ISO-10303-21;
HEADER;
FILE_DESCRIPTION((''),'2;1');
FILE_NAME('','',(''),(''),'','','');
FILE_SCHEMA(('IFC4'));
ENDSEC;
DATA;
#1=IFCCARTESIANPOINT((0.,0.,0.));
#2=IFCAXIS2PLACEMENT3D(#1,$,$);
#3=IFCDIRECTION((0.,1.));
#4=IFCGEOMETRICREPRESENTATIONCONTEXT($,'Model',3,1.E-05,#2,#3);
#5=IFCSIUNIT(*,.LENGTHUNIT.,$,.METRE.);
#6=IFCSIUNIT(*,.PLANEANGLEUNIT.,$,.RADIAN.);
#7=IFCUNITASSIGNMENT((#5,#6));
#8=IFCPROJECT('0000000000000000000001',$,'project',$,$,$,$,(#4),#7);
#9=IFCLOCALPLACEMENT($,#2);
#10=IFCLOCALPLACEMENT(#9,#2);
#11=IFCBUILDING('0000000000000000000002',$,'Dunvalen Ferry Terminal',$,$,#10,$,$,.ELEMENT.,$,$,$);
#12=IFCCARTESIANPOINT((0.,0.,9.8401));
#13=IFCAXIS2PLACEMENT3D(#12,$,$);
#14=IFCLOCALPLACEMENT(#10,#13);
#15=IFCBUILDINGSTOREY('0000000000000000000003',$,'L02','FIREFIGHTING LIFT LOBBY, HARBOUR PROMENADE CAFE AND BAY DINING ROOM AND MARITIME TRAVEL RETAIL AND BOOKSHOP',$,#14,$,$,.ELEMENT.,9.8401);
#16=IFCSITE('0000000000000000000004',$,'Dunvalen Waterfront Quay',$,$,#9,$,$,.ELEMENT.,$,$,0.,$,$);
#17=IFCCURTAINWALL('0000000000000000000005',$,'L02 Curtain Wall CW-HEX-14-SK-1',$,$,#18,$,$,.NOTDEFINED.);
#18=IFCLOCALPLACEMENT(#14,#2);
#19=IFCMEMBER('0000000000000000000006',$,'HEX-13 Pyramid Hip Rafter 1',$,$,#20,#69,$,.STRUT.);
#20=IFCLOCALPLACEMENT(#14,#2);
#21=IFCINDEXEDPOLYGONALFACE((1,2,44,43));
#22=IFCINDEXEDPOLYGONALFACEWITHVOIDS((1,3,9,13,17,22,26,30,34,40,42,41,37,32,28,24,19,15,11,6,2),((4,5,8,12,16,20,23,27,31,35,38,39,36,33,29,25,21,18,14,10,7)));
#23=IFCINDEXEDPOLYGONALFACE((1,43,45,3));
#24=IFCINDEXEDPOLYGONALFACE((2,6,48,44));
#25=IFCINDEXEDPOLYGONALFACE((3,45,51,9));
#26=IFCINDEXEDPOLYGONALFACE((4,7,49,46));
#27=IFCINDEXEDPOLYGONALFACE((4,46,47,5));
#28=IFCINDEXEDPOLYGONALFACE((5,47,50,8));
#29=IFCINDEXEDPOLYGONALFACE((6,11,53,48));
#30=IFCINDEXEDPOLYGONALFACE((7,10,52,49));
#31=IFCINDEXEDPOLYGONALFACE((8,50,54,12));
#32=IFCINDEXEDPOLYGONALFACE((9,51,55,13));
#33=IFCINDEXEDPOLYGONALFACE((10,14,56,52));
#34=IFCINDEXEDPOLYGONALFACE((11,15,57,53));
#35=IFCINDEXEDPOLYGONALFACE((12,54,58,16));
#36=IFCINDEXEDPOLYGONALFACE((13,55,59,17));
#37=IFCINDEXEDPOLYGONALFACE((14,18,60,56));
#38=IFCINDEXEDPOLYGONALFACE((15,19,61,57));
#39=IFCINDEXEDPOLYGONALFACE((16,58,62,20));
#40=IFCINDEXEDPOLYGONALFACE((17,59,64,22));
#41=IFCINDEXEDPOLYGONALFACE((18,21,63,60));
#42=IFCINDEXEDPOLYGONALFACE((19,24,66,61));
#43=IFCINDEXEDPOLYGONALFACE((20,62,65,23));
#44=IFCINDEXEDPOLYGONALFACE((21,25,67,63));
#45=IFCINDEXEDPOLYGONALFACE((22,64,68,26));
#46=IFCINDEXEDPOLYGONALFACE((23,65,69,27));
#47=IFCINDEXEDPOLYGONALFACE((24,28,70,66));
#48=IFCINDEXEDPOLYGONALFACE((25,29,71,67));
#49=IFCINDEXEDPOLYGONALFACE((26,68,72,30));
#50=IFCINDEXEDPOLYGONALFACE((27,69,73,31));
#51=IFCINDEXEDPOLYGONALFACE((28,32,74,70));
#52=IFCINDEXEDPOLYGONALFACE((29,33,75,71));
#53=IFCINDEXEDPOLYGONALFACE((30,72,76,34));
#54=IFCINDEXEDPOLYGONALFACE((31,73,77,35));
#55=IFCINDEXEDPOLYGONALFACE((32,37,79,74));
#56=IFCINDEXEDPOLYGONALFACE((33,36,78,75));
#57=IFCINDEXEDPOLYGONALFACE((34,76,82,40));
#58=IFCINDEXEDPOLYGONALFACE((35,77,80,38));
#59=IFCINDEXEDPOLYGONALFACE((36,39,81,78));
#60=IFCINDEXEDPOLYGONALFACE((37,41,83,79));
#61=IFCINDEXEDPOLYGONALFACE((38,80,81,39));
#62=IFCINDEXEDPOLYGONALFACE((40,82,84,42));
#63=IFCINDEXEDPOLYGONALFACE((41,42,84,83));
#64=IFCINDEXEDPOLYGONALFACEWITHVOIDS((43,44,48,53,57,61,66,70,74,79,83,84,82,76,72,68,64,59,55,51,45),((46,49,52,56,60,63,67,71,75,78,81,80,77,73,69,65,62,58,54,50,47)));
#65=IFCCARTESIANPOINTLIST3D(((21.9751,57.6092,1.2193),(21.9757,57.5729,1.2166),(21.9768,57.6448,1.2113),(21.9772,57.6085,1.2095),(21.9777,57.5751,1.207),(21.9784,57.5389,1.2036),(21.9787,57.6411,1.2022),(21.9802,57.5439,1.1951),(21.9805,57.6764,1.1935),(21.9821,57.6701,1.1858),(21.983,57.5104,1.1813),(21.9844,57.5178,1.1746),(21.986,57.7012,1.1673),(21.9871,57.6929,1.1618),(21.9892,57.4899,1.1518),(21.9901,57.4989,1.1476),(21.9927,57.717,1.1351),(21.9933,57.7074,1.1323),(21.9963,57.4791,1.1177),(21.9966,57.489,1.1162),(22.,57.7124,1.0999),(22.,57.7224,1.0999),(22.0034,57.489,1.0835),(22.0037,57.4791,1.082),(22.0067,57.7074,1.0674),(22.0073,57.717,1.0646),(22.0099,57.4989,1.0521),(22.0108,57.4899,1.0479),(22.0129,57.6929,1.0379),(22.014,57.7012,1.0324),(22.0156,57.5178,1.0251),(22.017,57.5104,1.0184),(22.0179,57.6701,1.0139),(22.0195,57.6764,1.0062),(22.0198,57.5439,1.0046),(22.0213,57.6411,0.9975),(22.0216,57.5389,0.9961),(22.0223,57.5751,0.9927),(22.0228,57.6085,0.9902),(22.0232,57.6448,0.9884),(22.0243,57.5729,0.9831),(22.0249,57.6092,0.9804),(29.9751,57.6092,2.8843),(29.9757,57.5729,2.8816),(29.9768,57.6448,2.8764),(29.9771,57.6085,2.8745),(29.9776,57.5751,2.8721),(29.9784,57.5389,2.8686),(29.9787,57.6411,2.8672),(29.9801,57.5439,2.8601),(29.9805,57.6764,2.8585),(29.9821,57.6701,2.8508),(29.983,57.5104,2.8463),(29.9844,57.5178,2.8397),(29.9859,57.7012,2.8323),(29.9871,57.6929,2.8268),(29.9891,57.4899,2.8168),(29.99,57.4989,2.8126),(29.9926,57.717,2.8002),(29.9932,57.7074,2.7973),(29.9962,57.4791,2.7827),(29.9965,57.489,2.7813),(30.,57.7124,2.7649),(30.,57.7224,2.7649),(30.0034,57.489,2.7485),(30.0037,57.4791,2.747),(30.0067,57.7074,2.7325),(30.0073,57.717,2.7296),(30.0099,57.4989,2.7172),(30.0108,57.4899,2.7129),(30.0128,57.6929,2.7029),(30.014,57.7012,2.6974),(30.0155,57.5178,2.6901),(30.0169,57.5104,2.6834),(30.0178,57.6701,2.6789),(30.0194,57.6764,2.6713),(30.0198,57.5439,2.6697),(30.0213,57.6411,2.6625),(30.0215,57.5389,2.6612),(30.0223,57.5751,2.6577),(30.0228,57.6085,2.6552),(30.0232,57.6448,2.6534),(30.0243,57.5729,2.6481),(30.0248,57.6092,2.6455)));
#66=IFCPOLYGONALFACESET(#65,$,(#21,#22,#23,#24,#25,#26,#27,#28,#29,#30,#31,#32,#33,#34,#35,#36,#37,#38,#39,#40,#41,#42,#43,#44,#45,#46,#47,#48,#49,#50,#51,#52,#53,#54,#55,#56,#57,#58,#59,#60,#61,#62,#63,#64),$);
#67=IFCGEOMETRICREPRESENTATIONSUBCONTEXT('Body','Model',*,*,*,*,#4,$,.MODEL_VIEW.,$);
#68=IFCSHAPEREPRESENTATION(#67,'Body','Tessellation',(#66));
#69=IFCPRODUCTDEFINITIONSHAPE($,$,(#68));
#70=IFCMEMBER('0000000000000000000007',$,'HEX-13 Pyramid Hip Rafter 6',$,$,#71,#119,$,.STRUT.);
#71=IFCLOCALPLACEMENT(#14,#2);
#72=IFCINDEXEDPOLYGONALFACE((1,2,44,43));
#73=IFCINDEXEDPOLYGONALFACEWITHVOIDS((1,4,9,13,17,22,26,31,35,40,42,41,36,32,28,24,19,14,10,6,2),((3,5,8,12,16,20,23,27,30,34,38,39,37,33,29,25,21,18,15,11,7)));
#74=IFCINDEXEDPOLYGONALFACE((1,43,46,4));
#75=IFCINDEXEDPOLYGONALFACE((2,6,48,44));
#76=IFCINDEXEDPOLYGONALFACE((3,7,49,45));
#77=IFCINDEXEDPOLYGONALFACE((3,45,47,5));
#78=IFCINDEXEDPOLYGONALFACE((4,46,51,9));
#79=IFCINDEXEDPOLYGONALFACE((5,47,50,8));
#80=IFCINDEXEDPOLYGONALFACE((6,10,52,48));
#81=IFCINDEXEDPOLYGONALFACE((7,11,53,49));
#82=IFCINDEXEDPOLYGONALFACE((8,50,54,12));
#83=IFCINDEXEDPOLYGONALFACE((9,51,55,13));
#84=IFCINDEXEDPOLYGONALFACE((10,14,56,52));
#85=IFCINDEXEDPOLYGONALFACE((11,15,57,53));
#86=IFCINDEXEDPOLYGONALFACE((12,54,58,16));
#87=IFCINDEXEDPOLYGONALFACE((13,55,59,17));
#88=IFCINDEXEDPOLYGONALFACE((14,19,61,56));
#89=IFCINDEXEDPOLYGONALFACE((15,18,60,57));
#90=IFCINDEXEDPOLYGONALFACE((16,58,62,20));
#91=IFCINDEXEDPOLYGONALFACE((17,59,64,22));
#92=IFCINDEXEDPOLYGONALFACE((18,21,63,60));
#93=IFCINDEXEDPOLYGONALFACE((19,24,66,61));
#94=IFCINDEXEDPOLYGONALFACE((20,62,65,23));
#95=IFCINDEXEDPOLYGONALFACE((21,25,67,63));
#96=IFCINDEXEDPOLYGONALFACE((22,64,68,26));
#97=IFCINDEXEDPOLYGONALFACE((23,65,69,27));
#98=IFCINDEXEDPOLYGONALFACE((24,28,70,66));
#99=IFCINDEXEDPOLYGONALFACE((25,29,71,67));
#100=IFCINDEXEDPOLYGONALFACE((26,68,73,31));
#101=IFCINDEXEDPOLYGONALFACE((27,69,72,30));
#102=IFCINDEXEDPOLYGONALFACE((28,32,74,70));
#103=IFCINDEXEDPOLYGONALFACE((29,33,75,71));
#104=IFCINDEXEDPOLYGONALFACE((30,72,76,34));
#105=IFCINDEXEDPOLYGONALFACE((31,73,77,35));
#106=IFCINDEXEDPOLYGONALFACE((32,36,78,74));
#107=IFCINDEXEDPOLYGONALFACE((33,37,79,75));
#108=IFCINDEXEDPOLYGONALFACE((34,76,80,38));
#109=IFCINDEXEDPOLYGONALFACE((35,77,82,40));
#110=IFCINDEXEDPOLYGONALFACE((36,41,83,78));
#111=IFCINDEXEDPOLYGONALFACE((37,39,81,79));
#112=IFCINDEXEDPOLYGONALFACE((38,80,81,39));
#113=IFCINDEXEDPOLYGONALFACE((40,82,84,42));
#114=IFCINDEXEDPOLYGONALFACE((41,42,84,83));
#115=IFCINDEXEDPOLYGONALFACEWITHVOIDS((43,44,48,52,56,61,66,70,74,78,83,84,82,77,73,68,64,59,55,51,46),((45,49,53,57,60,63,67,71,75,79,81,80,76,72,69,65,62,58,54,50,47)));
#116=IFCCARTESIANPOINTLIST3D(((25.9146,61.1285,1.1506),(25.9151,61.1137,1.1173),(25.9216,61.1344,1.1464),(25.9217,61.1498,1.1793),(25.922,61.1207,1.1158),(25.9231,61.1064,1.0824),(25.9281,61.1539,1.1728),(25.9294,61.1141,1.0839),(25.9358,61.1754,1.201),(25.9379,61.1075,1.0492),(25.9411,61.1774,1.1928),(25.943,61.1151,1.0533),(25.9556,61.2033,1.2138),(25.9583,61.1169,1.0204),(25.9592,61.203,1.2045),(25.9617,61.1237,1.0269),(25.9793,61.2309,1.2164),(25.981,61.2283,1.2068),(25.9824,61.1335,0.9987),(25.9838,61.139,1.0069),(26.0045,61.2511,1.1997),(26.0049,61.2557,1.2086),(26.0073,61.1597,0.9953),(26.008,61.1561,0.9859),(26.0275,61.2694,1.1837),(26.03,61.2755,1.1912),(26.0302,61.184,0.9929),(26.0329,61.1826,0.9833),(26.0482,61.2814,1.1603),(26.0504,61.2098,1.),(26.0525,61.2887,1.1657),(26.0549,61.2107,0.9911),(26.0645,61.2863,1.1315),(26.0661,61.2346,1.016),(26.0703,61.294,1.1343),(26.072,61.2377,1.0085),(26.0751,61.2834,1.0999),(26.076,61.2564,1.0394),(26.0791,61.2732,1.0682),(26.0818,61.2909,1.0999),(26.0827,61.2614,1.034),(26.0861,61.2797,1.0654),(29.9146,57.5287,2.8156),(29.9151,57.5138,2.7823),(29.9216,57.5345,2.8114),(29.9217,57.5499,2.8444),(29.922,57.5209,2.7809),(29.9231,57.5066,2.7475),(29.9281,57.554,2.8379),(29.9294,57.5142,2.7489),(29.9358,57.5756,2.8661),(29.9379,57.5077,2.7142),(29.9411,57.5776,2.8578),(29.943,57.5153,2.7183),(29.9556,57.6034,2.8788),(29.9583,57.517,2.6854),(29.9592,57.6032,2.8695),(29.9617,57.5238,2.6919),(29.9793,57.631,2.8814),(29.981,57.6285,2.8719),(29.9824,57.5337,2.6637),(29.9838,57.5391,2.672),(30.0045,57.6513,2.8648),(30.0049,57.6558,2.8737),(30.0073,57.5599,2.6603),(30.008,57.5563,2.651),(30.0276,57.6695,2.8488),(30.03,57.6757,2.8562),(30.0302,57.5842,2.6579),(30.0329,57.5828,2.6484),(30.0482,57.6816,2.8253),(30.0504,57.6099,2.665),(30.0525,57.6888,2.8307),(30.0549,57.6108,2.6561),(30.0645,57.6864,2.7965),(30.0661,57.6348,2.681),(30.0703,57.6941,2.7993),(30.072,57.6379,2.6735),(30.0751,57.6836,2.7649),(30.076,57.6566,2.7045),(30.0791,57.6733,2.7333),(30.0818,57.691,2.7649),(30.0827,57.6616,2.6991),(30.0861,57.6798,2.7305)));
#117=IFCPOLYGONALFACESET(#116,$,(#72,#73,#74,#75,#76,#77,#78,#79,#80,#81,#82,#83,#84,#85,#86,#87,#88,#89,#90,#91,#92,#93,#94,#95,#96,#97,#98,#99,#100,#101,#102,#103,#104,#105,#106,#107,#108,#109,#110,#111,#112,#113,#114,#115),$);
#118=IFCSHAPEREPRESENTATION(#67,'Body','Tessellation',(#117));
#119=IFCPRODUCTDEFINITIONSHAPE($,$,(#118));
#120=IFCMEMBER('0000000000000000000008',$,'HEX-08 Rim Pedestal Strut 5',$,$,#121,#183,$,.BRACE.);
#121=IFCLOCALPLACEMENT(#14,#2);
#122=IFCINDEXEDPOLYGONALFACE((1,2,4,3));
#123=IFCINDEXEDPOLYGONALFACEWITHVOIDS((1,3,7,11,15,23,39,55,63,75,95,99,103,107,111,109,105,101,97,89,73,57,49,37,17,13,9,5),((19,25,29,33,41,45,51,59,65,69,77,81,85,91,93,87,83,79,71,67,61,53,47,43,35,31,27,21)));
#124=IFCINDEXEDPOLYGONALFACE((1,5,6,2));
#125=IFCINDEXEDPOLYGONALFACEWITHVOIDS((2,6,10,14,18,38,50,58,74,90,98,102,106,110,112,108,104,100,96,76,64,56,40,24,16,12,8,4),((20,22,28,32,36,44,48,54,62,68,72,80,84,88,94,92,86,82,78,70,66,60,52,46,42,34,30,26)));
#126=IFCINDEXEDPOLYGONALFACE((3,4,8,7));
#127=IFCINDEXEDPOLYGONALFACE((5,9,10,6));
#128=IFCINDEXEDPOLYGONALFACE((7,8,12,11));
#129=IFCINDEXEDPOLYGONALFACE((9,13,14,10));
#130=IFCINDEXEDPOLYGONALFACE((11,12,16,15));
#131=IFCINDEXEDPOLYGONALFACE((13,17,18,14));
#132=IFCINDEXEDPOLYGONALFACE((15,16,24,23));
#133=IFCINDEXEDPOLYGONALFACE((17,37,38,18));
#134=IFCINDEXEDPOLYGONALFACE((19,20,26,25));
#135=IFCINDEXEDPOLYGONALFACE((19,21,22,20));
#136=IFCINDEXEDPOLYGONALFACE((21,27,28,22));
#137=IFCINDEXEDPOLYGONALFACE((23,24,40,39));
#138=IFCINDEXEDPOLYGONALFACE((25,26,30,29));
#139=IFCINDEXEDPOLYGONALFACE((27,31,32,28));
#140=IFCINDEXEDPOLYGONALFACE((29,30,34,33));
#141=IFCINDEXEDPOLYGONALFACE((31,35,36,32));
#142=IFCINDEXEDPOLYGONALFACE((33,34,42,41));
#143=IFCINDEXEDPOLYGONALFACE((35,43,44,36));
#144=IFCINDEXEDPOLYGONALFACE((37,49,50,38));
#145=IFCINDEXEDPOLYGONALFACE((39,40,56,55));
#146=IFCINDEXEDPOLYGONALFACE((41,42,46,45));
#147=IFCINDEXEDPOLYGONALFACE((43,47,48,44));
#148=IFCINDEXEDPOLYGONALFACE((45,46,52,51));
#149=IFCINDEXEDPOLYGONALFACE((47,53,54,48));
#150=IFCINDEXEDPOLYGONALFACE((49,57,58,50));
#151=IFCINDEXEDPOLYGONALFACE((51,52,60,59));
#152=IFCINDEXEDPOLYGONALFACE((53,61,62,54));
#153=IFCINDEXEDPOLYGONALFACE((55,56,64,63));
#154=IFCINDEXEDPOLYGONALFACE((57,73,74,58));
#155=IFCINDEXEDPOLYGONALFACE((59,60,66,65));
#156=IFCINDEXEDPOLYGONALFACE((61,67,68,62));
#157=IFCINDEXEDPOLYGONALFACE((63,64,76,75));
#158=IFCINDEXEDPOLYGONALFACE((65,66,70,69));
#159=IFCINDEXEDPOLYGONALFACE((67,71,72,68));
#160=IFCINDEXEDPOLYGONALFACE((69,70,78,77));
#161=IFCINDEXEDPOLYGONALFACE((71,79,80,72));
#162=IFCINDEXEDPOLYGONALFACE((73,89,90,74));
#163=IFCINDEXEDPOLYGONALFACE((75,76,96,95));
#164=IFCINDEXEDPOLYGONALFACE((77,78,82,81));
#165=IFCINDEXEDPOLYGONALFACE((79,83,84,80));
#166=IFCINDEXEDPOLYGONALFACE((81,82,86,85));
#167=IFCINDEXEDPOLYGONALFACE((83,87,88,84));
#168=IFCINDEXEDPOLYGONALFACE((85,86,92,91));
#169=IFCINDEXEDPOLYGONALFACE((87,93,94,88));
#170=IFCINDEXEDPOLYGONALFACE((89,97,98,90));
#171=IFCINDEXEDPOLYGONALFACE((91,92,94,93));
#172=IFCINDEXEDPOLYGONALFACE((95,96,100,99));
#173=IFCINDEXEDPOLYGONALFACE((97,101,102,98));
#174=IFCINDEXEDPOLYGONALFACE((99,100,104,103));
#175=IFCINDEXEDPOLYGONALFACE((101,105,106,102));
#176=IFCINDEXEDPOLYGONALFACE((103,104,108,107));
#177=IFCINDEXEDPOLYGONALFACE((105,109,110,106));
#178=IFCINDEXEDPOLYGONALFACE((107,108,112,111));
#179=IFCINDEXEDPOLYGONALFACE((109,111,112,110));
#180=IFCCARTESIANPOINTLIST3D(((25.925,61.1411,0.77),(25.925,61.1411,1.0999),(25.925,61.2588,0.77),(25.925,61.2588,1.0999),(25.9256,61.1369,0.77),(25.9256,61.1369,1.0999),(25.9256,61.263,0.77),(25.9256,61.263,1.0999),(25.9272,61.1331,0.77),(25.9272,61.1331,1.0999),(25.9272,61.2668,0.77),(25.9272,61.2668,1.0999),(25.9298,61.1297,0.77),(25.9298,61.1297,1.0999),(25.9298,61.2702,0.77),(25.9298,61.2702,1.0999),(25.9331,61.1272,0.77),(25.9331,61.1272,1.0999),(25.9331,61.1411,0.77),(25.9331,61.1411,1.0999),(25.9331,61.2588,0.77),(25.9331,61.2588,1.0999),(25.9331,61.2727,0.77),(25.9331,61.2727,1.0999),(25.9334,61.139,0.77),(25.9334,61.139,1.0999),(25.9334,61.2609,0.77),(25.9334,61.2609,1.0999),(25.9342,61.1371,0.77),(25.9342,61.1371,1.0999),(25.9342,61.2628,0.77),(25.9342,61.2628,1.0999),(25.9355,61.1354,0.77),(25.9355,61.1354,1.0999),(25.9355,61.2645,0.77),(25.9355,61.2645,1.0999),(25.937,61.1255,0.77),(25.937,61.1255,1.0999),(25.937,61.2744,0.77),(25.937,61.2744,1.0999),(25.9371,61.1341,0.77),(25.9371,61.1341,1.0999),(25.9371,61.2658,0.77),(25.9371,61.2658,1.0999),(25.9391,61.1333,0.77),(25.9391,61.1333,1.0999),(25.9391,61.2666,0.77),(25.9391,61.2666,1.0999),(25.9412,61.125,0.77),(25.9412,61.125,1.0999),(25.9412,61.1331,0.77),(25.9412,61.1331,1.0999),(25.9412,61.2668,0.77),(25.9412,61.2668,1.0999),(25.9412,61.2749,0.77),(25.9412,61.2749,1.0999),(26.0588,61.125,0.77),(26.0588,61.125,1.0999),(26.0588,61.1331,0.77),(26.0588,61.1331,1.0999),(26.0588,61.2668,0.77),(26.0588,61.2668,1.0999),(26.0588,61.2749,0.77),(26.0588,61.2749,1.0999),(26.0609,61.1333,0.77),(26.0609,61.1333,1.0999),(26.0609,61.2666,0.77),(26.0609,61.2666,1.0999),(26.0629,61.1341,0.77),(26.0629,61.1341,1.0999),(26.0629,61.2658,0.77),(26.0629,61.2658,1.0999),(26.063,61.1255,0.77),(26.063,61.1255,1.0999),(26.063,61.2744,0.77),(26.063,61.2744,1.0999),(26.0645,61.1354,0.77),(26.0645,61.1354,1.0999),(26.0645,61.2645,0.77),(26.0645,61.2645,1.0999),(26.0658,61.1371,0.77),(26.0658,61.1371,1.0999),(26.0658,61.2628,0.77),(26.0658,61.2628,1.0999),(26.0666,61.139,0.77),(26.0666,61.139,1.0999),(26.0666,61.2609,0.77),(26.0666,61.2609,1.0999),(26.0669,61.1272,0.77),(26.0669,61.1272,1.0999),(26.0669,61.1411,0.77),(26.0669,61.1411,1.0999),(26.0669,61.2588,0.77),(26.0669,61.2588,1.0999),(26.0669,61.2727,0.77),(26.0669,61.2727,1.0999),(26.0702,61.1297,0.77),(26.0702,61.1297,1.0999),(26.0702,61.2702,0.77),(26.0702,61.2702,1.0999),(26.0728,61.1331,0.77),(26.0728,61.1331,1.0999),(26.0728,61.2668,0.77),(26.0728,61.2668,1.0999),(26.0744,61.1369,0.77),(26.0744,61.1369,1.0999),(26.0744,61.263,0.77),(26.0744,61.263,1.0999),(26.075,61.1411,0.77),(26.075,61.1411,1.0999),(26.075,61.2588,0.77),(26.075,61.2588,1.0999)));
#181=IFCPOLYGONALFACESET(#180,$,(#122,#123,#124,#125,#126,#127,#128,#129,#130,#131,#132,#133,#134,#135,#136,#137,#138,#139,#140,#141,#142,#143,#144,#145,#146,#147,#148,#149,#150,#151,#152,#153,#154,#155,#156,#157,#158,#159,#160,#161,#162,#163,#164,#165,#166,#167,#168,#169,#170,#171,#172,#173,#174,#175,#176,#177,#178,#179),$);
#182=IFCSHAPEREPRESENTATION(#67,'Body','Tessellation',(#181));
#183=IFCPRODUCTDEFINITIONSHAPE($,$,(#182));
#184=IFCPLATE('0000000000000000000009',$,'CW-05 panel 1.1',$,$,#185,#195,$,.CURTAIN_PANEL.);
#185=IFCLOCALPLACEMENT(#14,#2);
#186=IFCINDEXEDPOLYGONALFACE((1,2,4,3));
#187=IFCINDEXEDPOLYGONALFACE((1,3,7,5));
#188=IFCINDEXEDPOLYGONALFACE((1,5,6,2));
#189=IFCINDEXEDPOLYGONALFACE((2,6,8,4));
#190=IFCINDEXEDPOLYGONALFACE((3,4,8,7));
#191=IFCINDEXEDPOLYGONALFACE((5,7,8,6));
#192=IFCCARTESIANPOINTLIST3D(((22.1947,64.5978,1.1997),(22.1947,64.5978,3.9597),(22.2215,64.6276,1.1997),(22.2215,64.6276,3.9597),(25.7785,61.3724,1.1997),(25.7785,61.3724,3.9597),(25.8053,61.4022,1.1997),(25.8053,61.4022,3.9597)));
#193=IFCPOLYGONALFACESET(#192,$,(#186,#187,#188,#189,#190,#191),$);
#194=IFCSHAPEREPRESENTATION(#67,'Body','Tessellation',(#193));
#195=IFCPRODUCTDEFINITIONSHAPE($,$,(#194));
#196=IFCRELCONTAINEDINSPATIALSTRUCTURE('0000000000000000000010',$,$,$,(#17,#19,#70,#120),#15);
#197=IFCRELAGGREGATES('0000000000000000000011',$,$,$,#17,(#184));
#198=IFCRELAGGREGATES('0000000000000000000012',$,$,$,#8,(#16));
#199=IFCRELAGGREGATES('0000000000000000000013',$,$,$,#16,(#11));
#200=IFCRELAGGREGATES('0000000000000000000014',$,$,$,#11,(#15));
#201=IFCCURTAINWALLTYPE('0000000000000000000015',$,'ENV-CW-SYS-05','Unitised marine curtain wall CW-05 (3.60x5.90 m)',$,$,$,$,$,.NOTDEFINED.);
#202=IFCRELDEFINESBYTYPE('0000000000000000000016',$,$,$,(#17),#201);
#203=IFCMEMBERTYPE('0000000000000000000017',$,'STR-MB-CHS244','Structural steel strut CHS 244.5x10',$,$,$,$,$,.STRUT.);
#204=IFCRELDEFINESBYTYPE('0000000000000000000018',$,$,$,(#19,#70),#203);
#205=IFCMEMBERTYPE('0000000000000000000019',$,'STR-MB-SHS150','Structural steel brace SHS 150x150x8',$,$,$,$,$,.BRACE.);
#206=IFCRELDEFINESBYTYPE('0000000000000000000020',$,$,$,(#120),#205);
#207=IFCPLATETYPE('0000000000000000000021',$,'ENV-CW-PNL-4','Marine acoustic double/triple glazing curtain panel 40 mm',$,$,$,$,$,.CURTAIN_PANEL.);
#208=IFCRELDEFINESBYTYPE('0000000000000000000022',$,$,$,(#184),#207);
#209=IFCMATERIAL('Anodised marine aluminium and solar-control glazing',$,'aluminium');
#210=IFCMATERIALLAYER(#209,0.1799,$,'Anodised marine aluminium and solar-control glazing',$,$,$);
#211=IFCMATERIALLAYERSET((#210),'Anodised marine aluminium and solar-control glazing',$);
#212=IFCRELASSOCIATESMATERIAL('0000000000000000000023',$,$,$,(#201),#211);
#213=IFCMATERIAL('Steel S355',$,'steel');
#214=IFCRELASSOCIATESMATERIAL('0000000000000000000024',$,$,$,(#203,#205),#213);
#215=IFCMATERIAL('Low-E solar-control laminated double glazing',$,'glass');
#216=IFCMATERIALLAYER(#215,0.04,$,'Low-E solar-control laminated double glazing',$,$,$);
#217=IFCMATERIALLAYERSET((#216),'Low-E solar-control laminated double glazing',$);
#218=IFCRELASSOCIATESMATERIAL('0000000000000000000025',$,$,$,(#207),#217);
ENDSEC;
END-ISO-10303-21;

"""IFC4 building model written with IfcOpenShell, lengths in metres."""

from ifc_helpers import new_model, si_unit, direction, frame, origin, origin_2d, place, context, subcontext, project, spatial, rectangle, hollow_rectangle, hollow_circle, extrude, material, layer, layer_set, material_profile, profile_set, type_object, element, aggregate, save


model = new_model("IFC4")

# Units and contexts
model_context = context("Model", 3, precision=1e-05, world=origin(), true_north=direction((0.0, 1.0)))
body_context = subcontext(model_context, "Body", "Model", "MODEL_VIEW")
ifc_project = project(units=[si_unit("LENGTHUNIT", "METRE"), si_unit("PLANEANGLEUNIT", "RADIAN")], contexts=[model_context])

# Site, building, storey
site_placement = place(None, origin())
site = spatial("IfcSite", under=ifc_project, at=site_placement, Name="Dunvalen Waterfront Quay", CompositionType="ELEMENT", RefElevation=0.0)
building_placement = place(site_placement, origin())
building = spatial("IfcBuilding", under=site, at=building_placement, Name="Dunvalen Ferry Terminal", CompositionType="ELEMENT")
storey_placement = place(building_placement, frame((0.0, 0.0, 9.8401)))
storey = spatial("IfcBuildingStorey", under=building, at=storey_placement, Name="L02", Description="FIREFIGHTING LIFT LOBBY, HARBOUR PROMENADE CAFE AND BAY DINING ROOM AND MARITIME TRAVEL RETAIL AND BOOKSHOP", CompositionType="ELEMENT", Elevation=9.8401)

# Curtain wall
ifc_material_1 = material(Name="Anodised marine aluminium and solar-control glazing", Category="aluminium")
ifc_layer_1 = layer(ifc_material_1, 0.1799, Name="Anodised marine aluminium and solar-control glazing")
ifc_layer_set_1 = layer_set([ifc_layer_1], Name="Anodised marine aluminium and solar-control glazing")
curtain_wall_type = type_object("IfcCurtainWallType", Name="ENV-CW-SYS-05", Description="Unitised marine curtain wall CW-05 (3.60x5.90 m)", PredefinedType="NOTDEFINED", material=ifc_layer_set_1)
curtain_wall_placement = place(storey_placement, origin())
curtain_wall = element("IfcCurtainWall", 1, at=curtain_wall_placement, inside=storey, type_object=curtain_wall_type, Name="L02 Curtain Wall CW-HEX-14-SK-1", PredefinedType="NOTDEFINED")

# Shared definitions
ifc_material_2 = material(Name="Steel S355", Category="steel")

# Members
ifc_material_profile_1 = material_profile(ifc_material_2, hollow_circle(Radius=0.1223, WallThickness=0.01, at=origin_2d()), Name="Steel S355")
ifc_profile_set_1 = profile_set([ifc_material_profile_1], Name="Steel S355")
member_type_1 = type_object("IfcMemberType", Name="STR-MB-CHS244", Description="Structural steel strut CHS 244.5x10", PredefinedType="STRUT", material=ifc_profile_set_1)
member_1_placement = place(storey_placement, frame((22.0, 57.6001, 1.0999), z_axis=(0.97902, 0.0, 0.203763), x_axis=(0.0, 1.0, 0.0)))
element("IfcMember", 2, at=member_1_placement, inside=storey, type_object=member_type_1, Name="HEX-13 Pyramid Hip Rafter 1", PredefinedType="STRUT", context=body_context, shape_type="SweptSolid", body=[
    extrude(hollow_circle(Radius=0.1223, WallThickness=0.01, at=origin_2d()), origin(), (0.0, 0.0, 1.0), 8.1714),
])
member_2_placement = place(storey_placement, frame((26.0, 61.2, 1.0999), z_axis=(0.710094, -0.639059, 0.295584), x_axis=(0.66895, 0.743308, 0.0)))
element("IfcMember", 3, at=member_2_placement, inside=storey, type_object=member_type_1, Name="HEX-13 Pyramid Hip Rafter 6", PredefinedType="STRUT", context=body_context, shape_type="SweptSolid", body=[
    extrude(hollow_circle(Radius=0.1223, WallThickness=0.01, at=origin_2d()), origin(), (0.0, 0.0, 1.0), 5.6331),
])
ifc_material_profile_2 = material_profile(ifc_material_2, hollow_rectangle(XDim=0.1499, YDim=0.1499, WallThickness=0.0081, InnerFilletRadius=0.0081, OuterFilletRadius=0.0161, at=origin_2d()), Name="Steel S355")
ifc_profile_set_2 = profile_set([ifc_material_profile_2], Name="Steel S355")
member_type_2 = type_object("IfcMemberType", Name="STR-MB-SHS150", Description="Structural steel brace SHS 150x150x8", PredefinedType="BRACE", material=ifc_profile_set_2)
member_3_placement = place(storey_placement, frame((26.0, 61.2, 0.77), z_axis=(0.0, 0.0, 1.0), x_axis=(1.0, 0.0, 0.0)))
element("IfcMember", 4, at=member_3_placement, inside=storey, type_object=member_type_2, Name="HEX-08 Rim Pedestal Strut 5", PredefinedType="BRACE", context=body_context, shape_type="SweptSolid", body=[
    extrude(hollow_rectangle(XDim=0.1499, YDim=0.1499, WallThickness=0.0081, InnerFilletRadius=0.0081, OuterFilletRadius=0.0161, at=origin_2d()), origin(), (0.0, 0.0, 1.0), 0.3298),
])

# Plate
ifc_material_3 = material(Name="Low-E solar-control laminated double glazing", Category="glass")
ifc_layer_2 = layer(ifc_material_3, 0.04, Name="Low-E solar-control laminated double glazing")
ifc_layer_set_2 = layer_set([ifc_layer_2], Name="Low-E solar-control laminated double glazing")
plate_type_1 = type_object("IfcPlateType", Name="ENV-CW-PNL-4", Description="Marine acoustic double/triple glazing curtain panel 40 mm", PredefinedType="CURTAIN_PANEL", material=ifc_layer_set_2)
plate_1_placement = place(storey_placement, frame((24.0, 63.0, 1.1997), z_axis=(0.0, 0.0, 1.0), x_axis=(0.743304, -0.668954, 0.0)))
plate_1 = element("IfcPlate", 5, at=plate_1_placement, type_object=plate_type_1, Name="CW-05 panel 1.1", PredefinedType="CURTAIN_PANEL", context=body_context, shape_type="SweptSolid", body=[
    extrude(rectangle(XDim=4.8215, YDim=0.04, at=origin_2d()), origin(), (0.0, 0.0, 1.0), 2.76),
])
aggregate(curtain_wall, [plate_1])

save(model, "model.ifc")
